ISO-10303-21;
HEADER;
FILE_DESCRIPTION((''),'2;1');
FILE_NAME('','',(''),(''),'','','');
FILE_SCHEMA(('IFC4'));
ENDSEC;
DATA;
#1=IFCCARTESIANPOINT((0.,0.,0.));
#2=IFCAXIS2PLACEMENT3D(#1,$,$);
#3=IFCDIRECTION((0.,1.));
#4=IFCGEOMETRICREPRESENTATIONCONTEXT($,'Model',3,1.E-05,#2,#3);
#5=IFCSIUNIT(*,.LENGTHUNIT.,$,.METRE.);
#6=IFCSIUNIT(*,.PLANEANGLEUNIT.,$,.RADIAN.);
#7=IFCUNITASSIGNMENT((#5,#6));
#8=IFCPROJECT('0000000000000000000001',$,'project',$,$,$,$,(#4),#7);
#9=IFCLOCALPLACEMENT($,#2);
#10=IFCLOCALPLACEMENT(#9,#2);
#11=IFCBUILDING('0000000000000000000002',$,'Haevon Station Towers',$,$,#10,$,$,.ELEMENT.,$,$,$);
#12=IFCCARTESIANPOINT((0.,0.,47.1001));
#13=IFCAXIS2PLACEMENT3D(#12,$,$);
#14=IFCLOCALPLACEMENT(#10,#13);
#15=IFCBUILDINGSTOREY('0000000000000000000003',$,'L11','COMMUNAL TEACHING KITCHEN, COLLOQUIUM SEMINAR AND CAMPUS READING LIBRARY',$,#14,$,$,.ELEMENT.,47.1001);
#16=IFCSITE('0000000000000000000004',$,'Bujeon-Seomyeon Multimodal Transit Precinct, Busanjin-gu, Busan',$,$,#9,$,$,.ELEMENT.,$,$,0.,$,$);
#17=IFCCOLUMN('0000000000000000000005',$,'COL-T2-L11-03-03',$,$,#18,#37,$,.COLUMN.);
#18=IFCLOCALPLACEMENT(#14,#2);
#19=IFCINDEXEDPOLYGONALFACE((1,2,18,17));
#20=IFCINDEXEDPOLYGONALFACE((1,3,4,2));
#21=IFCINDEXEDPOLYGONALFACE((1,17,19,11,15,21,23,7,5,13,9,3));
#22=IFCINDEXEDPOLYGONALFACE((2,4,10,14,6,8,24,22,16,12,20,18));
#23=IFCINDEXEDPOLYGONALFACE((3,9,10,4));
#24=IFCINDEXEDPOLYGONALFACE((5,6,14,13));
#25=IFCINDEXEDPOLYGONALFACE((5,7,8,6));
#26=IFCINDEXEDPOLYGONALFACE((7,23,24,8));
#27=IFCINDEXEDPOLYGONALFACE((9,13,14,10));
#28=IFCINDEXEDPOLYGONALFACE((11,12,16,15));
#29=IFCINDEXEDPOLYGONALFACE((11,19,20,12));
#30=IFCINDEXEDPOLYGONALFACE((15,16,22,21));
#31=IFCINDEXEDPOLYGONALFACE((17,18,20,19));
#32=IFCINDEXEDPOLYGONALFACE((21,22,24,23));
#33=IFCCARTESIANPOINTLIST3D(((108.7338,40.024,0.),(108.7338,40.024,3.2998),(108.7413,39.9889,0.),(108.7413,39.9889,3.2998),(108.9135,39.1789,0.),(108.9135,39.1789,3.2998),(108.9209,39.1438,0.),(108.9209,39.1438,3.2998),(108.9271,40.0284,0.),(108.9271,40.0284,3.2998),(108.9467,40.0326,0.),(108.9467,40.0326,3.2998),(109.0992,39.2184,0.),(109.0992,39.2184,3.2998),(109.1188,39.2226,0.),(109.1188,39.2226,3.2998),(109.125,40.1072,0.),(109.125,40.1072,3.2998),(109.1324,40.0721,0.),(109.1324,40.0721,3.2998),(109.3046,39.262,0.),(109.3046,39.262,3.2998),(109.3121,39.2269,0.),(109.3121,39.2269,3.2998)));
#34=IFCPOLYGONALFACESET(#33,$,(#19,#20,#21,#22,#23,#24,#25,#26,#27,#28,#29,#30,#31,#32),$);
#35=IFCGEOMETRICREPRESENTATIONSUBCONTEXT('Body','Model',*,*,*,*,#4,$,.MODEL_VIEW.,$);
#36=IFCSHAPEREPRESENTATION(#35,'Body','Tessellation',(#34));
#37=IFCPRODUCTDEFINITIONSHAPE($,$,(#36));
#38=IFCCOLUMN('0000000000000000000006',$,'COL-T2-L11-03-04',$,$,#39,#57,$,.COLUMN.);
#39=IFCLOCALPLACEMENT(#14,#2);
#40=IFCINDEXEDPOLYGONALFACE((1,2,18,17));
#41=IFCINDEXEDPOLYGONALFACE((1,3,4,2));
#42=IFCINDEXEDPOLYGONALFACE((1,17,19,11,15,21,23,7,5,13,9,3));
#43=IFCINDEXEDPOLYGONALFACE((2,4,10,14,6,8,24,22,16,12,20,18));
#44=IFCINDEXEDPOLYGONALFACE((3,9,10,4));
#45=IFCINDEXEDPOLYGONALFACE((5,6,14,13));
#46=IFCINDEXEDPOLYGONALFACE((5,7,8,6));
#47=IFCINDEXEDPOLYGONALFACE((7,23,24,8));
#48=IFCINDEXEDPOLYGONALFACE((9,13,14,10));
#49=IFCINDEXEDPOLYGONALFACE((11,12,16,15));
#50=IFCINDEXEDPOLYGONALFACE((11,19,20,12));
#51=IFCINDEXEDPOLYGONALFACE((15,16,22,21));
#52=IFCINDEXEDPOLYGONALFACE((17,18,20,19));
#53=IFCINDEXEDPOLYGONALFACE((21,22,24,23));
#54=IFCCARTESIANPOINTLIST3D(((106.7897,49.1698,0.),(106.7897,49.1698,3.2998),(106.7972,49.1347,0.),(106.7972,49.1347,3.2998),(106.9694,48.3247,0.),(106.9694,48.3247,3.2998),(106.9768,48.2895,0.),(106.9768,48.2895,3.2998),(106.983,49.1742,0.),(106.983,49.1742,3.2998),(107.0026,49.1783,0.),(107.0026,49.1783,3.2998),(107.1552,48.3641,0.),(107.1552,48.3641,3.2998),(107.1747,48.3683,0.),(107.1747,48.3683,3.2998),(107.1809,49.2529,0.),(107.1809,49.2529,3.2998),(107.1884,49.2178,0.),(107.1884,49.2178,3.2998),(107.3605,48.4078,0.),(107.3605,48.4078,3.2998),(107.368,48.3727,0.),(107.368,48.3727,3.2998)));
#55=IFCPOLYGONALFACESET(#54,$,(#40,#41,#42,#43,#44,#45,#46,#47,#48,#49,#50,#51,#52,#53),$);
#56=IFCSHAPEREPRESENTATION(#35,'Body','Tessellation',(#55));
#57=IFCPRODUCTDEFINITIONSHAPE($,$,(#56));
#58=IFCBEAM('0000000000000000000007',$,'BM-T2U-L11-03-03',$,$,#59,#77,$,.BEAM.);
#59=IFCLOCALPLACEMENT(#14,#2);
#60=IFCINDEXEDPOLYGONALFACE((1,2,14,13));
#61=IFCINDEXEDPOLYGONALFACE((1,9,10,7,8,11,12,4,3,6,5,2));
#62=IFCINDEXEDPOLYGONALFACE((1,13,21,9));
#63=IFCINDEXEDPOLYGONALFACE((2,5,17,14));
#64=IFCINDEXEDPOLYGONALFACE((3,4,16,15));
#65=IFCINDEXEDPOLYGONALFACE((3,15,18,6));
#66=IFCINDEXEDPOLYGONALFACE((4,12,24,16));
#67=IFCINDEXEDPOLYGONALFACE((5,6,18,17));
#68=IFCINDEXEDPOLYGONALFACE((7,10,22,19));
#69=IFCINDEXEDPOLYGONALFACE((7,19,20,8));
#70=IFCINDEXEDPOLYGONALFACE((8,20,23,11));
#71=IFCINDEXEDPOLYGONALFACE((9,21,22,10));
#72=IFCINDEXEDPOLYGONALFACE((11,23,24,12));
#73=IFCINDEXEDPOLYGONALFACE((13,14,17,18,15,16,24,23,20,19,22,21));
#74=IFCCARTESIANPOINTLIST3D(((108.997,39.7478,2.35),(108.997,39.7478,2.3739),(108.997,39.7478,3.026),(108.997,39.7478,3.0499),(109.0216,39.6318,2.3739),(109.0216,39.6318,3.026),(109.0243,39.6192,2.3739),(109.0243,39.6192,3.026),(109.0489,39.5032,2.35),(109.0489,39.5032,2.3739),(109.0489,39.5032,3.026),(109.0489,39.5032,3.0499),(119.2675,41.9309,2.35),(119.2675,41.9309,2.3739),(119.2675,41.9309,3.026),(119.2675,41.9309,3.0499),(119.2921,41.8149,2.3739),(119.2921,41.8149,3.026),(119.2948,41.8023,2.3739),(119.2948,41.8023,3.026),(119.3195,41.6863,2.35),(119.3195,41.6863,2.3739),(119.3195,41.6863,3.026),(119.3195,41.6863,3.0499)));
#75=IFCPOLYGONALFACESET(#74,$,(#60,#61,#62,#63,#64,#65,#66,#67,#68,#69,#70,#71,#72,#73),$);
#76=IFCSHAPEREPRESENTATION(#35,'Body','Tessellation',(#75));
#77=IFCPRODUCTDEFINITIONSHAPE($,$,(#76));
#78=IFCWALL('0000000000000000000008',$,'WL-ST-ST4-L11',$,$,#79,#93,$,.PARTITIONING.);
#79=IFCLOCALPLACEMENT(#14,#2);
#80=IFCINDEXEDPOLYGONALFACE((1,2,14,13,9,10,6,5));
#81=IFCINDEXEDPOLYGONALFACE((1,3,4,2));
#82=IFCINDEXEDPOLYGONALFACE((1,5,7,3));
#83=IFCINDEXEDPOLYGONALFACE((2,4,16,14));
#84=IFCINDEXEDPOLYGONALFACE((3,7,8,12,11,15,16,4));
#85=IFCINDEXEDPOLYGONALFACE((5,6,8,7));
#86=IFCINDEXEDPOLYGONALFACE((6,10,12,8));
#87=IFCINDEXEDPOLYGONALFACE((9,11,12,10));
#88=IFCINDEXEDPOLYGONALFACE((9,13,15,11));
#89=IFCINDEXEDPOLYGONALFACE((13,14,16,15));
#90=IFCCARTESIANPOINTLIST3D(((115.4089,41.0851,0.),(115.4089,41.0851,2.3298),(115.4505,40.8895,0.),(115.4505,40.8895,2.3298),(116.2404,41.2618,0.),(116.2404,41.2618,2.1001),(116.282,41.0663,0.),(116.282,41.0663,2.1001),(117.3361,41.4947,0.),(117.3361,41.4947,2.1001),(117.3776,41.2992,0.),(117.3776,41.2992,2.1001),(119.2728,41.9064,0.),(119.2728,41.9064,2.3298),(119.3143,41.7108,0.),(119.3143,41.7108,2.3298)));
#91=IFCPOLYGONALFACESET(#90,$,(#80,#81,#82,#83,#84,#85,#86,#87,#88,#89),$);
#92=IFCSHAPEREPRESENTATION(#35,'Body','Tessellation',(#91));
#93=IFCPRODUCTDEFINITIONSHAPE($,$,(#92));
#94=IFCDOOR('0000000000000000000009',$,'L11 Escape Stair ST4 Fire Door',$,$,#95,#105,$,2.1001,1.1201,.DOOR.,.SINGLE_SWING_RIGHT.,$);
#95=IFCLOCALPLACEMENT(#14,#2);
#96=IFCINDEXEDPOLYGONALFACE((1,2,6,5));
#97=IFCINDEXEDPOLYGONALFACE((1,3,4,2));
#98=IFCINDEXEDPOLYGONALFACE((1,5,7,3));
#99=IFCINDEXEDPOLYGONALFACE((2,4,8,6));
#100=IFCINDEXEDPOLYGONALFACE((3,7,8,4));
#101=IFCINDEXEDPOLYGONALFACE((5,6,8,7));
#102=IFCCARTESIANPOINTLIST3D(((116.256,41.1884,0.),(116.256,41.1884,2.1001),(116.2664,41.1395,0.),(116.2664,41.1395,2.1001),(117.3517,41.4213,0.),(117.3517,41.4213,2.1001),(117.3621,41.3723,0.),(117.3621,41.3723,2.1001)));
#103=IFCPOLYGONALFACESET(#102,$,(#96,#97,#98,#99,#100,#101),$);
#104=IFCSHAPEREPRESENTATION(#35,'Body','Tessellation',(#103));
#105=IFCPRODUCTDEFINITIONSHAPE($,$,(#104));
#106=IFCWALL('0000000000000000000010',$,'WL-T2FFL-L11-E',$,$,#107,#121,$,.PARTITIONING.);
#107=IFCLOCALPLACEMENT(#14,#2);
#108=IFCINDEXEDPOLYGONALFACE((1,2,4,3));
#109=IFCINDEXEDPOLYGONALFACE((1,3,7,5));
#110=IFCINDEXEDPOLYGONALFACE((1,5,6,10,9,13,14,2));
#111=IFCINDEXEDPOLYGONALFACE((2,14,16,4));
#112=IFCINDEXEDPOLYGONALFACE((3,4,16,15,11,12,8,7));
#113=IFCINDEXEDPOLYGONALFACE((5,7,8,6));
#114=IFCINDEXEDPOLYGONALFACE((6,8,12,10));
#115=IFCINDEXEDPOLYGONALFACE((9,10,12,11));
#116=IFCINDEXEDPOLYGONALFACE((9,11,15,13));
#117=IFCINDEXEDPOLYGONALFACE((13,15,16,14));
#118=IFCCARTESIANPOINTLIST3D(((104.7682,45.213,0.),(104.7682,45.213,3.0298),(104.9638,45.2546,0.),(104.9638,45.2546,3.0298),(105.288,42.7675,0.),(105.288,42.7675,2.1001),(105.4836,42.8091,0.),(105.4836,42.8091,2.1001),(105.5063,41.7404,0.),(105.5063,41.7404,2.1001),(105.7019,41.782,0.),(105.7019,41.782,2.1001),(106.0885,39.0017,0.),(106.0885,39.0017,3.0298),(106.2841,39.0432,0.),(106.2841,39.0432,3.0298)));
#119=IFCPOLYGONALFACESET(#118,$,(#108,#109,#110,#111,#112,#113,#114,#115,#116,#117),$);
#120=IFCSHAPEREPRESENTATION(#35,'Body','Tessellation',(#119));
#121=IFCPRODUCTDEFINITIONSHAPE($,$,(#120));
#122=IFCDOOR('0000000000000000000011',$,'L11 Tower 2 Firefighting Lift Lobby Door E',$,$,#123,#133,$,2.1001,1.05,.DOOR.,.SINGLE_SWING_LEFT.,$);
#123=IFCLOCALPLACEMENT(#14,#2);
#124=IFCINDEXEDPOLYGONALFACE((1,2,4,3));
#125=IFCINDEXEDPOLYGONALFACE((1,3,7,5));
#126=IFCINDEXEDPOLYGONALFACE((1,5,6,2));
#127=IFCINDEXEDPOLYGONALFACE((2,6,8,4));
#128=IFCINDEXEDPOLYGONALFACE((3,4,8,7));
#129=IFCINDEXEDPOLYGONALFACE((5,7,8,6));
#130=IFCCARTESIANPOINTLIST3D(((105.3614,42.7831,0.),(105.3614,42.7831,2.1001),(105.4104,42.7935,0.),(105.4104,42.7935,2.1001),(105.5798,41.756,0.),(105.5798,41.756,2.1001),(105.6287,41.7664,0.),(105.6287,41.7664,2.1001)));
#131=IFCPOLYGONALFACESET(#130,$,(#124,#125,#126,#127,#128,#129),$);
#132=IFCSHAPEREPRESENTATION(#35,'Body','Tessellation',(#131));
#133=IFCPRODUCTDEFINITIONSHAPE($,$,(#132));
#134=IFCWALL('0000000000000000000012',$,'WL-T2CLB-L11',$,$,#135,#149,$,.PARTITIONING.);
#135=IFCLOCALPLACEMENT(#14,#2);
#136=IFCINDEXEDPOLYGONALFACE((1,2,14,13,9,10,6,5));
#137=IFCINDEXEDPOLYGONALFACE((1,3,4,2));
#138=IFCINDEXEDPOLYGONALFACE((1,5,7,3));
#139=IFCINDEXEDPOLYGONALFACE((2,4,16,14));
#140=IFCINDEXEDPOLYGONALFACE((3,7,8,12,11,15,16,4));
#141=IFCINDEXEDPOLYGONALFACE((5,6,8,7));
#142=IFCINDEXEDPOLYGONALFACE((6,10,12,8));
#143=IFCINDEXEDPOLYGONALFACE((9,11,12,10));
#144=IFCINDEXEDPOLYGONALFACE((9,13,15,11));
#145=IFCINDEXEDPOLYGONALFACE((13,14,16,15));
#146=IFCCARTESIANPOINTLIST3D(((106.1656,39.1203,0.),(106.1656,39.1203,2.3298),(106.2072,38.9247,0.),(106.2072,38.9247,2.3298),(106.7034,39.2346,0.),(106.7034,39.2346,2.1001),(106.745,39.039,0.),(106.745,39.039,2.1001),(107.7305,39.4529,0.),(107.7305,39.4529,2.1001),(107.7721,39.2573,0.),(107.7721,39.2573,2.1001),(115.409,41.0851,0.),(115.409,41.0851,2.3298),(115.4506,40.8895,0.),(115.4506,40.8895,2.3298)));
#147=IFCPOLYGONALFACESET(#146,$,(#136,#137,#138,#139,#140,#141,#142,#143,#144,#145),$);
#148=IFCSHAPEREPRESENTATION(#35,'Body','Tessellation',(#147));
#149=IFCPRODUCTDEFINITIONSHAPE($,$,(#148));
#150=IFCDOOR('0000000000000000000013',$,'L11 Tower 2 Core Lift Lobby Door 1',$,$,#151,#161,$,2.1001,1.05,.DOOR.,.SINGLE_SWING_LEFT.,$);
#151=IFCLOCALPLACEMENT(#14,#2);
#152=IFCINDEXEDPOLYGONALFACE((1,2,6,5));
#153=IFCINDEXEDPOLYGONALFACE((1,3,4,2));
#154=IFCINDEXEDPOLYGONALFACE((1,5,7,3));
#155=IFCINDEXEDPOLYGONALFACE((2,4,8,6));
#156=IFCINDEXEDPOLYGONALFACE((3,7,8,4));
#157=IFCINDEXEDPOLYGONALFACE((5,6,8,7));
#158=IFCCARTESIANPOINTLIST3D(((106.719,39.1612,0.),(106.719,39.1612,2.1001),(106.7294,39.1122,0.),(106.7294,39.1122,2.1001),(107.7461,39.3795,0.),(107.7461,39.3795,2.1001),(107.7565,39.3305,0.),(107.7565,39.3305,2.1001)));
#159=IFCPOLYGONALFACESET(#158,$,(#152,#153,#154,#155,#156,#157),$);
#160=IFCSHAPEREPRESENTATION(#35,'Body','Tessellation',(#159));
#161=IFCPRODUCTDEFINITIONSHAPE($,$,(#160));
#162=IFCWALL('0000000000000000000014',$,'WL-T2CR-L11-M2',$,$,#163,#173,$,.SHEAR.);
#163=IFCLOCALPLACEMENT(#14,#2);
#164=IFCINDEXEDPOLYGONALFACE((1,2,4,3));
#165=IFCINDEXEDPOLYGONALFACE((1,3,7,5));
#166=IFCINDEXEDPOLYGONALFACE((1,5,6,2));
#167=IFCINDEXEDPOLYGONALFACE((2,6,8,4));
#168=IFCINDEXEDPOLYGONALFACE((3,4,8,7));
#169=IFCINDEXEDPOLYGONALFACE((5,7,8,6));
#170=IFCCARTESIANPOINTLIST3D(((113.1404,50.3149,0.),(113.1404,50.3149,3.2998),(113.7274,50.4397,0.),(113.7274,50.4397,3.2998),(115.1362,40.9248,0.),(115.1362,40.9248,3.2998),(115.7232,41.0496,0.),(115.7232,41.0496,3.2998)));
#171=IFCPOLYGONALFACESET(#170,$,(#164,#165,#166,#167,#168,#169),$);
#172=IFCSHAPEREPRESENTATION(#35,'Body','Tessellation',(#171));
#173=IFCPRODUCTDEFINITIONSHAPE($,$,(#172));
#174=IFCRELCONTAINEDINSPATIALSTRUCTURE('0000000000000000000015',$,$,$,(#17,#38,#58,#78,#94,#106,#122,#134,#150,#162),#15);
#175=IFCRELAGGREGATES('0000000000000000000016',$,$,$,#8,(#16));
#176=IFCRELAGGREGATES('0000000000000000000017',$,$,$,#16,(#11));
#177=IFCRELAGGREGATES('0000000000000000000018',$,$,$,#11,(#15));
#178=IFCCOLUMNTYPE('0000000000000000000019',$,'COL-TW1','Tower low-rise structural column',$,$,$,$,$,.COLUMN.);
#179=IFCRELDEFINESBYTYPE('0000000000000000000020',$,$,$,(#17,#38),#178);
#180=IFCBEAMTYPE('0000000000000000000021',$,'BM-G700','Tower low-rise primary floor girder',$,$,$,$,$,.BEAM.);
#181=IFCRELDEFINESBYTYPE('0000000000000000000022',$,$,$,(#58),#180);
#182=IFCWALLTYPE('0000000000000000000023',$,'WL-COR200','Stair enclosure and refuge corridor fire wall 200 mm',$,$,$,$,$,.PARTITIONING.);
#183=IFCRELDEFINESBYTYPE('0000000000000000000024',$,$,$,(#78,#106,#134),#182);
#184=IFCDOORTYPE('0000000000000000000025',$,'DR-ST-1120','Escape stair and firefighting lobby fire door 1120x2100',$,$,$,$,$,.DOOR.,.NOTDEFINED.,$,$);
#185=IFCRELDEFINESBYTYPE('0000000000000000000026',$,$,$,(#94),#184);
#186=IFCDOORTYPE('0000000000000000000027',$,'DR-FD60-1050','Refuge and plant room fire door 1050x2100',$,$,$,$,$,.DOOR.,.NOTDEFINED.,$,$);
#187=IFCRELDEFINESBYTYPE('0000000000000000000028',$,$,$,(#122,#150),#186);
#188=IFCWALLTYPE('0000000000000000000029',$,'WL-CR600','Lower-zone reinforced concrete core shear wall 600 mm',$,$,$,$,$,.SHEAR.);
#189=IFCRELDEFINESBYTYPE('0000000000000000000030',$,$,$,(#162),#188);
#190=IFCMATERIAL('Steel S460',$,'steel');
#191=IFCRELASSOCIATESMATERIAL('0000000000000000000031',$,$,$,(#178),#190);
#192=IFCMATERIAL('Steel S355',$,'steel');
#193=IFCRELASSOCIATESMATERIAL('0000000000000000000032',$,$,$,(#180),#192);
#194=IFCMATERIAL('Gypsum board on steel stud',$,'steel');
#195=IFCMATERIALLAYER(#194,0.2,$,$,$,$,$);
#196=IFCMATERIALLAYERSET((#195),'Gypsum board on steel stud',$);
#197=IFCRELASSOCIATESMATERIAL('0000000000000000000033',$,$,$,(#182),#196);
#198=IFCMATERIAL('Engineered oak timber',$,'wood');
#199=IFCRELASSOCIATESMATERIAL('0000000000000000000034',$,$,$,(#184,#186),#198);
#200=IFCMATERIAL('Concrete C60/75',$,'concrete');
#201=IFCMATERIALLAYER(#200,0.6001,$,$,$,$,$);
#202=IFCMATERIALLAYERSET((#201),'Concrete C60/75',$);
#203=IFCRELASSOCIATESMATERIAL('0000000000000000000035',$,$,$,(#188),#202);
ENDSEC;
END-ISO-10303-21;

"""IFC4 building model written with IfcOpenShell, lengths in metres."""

from ifc_helpers import new_model, si_unit, direction, frame, frame_2d, origin, origin_2d, place, context, subcontext, project, spatial, rectangle, i_section, extrude, material, layer, layer_set, material_profile, profile_set, type_object, element, fill, save


model = new_model("IFC4")

# Units and contexts
model_context = context("Model", 3, precision=1e-05, world=origin(), true_north=direction((0.0, 1.0)))
body_context = subcontext(model_context, "Body", "Model", "MODEL_VIEW")
ifc_project = project(units=[si_unit("LENGTHUNIT", "METRE"), si_unit("PLANEANGLEUNIT", "RADIAN")], contexts=[model_context])

# Site, building, storey
site_placement = place(None, origin())
site = spatial("IfcSite", under=ifc_project, at=site_placement, Name="Bujeon-Seomyeon Multimodal Transit Precinct, Busanjin-gu, Busan", CompositionType="ELEMENT", RefElevation=0.0)
building_placement = place(site_placement, origin())
building = spatial("IfcBuilding", under=site, at=building_placement, Name="Haevon Station Towers", CompositionType="ELEMENT")
storey_placement = place(building_placement, frame((0.0, 0.0, 47.1001)))
storey = spatial("IfcBuildingStorey", under=building, at=storey_placement, Name="L11", Description="COMMUNAL TEACHING KITCHEN, COLLOQUIUM SEMINAR AND CAMPUS READING LIBRARY", CompositionType="ELEMENT", Elevation=47.1001)

# Columns
ifc_material_1 = material(Name="Steel S460", Category="steel")
ifc_material_profile_1 = material_profile(ifc_material_1, i_section(OverallWidth=0.3999, OverallDepth=0.8999, WebThickness=0.02, FlangeThickness=0.0359, at=origin_2d()), Name="H-900x400x20x36")
ifc_profile_set_1 = profile_set([ifc_material_profile_1], Name="Steel S460")
column_type = type_object("IfcColumnType", Name="COL-TW1", Description="Tower low-rise structural column", PredefinedType="COLUMN", material=ifc_profile_set_1)
for number, where, z_axis, x_axis, name in (
    (1, (109.0229, 39.6255, 0.0), (0.0, 0.0, 1.0), (0.978148, 0.207912, 0.0), "COL-T2-L11-03-03"),
    (2, (107.0789, 48.7712, 0.0), (0.0, 0.0, 1.0), (0.978148, 0.207912, 0.0), "COL-T2-L11-03-04"),
):
    element("IfcColumn", number, at=place(storey_placement, frame(where, z_axis=z_axis, x_axis=x_axis)), inside=storey, type_object=column_type, Name=name, PredefinedType="COLUMN", context=body_context, shape_type="SweptSolid", body=[
        extrude(i_section(OverallWidth=0.3999, OverallDepth=0.8999, WebThickness=0.02, FlangeThickness=0.0359, at=origin_2d()), origin(), (0.0, 0.0, 1.0), 3.2998),
    ])

# Beam
ifc_material_2 = material(Name="Steel S355", Category="steel")
ifc_material_profile_2 = material_profile(ifc_material_2, i_section(OverallWidth=0.25, OverallDepth=0.7, WebThickness=0.0129, FlangeThickness=0.0239, at=origin_2d()), Name="H-700x250x13x24")
ifc_profile_set_2 = profile_set([ifc_material_profile_2], Name="Steel S355")
beam_type = type_object("IfcBeamType", Name="BM-G700", Description="Tower low-rise primary floor girder", PredefinedType="BEAM", material=ifc_profile_set_2)
beam_placement = place(storey_placement, frame((109.0229, 39.6255, 2.7), z_axis=(0.978147, 0.207915, 0.0), x_axis=(-0.207915, 0.978147, 0.0)))
element("IfcBeam", 3, at=beam_placement, inside=storey, type_object=beam_type, Name="BM-T2U-L11-03-03", PredefinedType="BEAM", context=body_context, shape_type="SweptSolid", body=[
    extrude(i_section(OverallWidth=0.25, OverallDepth=0.7, WebThickness=0.0129, FlangeThickness=0.0239, at=origin_2d()), origin(), (0.0, 0.0, 1.0), 10.5),
])

# Walls, openings, doors
ifc_material_3 = material(Name="Gypsum board on steel stud", Category="steel")
ifc_layer_1 = layer(ifc_material_3, 0.2)
ifc_layer_set_1 = layer_set([ifc_layer_1], Name="Gypsum board on steel stud")
wall_type_1 = type_object("IfcWallType", Name="WL-COR200", Description="Stair enclosure and refuge corridor fire wall 200 mm", PredefinedType="PARTITIONING", material=ifc_layer_set_1)
wall_1_placement = place(storey_placement, frame((115.4297, 40.9873, 0.0), z_axis=(0.0, 0.0, 1.0), x_axis=(0.978147, 0.207916, 0.0)))
wall_1 = element("IfcWall", 4, at=wall_1_placement, inside=storey, type_object=wall_type_1, Name="WL-ST-ST4-L11", PredefinedType="PARTITIONING", context=body_context, shape_type="SweptSolid", body=[
    extrude(rectangle(XDim=3.9502, YDim=0.2, at=frame_2d((1.9751, 0.0))), origin(), (0.0, 0.0, 1.0), 2.3298),
])
opening_1_placement = place(wall_1_placement, frame((0.8501, 0.0, 0.0)))
opening_1 = element("IfcOpeningElement", 5, at=opening_1_placement, cuts=wall_1, PredefinedType="OPENING", context=body_context, shape_type="SweptSolid", body=[
    extrude(rectangle(XDim=1.1201, YDim=2.1001, at=frame_2d((0.5601, 1.05))), frame((0.0, 0.1099, 0.0), z_axis=(0.0, -1.0, 0.0), x_axis=(1.0, 0.0, 0.0)), (0.0, 0.0, 1.0), 0.22),
])
ifc_material_4 = material(Name="Engineered oak timber", Category="wood")
door_type_1 = type_object("IfcDoorType", Name="DR-ST-1120", Description="Escape stair and firefighting lobby fire door 1120x2100", OperationType="NOTDEFINED", PredefinedType="DOOR", material=ifc_material_4)
door_1_placement = place(opening_1_placement, origin())
door_1 = element("IfcDoor", 6, at=door_1_placement, inside=storey, type_object=door_type_1, Name="L11 Escape Stair ST4 Fire Door", OperationType="SINGLE_SWING_RIGHT", OverallHeight=2.1001, OverallWidth=1.1201, PredefinedType="DOOR", context=body_context, shape_type="SweptSolid", body=[
    extrude(rectangle(XDim=1.1201, YDim=2.1001, at=frame_2d((0.5601, 1.05))), frame((0.0, 0.0249, 0.0), z_axis=(0.0, -1.0, 0.0), x_axis=(1.0, 0.0, 0.0)), (0.0, 0.0, 1.0), 0.05),
])
fill(opening_1, door_1)
wall_2_placement = place(storey_placement, frame((106.1863, 39.0225, 0.0), z_axis=(0.0, 0.0, 1.0), x_axis=(-0.207917, 0.978147, 0.0)))
wall_2 = element("IfcWall", 7, at=wall_2_placement, inside=storey, type_object=wall_type_1, Name="WL-T2FFL-L11-E", PredefinedType="PARTITIONING", context=body_context, shape_type="SweptSolid", body=[
    extrude(rectangle(XDim=6.3501, YDim=0.2, at=frame_2d((3.175, 0.0))), origin(), (0.0, 0.0, 1.0), 3.0298),
])
opening_2_placement = place(wall_2_placement, frame((2.8, 0.0, 0.0)))
opening_2 = element("IfcOpeningElement", 8, at=opening_2_placement, cuts=wall_2, PredefinedType="OPENING", context=body_context, shape_type="SweptSolid", body=[
    extrude(rectangle(XDim=1.05, YDim=2.1001, at=frame_2d((0.5249, 1.05))), frame((0.0, 0.1099, 0.0), z_axis=(0.0, -1.0, 0.0), x_axis=(1.0, 0.0, 0.0)), (0.0, 0.0, 1.0), 0.22),
])
door_type_2 = type_object("IfcDoorType", Name="DR-FD60-1050", Description="Refuge and plant room fire door 1050x2100", OperationType="NOTDEFINED", PredefinedType="DOOR", material=ifc_material_4)
door_2_placement = place(opening_2_placement, origin())
door_2 = element("IfcDoor", 9, at=door_2_placement, inside=storey, type_object=door_type_2, Name="L11 Tower 2 Firefighting Lift Lobby Door E", OperationType="SINGLE_SWING_LEFT", OverallHeight=2.1001, OverallWidth=1.05, PredefinedType="DOOR", context=body_context, shape_type="SweptSolid", body=[
    extrude(rectangle(XDim=1.05, YDim=2.1001, at=frame_2d((0.5249, 1.05))), frame((0.0, 0.0249, 0.0), z_axis=(0.0, -1.0, 0.0), x_axis=(1.0, 0.0, 0.0)), (0.0, 0.0, 1.0), 0.05),
])
fill(opening_2, door_2)
wall_3_placement = place(storey_placement, frame((106.1863, 39.0225, 0.0), z_axis=(0.0, 0.0, 1.0), x_axis=(0.978146, 0.207921, 0.0)))
wall_3 = element("IfcWall", 10, at=wall_3_placement, inside=storey, type_object=wall_type_1, Name="WL-T2CLB-L11", PredefinedType="PARTITIONING", context=body_context, shape_type="SweptSolid", body=[
    extrude(rectangle(XDim=9.45, YDim=0.2, at=frame_2d((4.7251, 0.0))), origin(), (0.0, 0.0, 1.0), 2.3298),
])
opening_3_placement = place(wall_3_placement, frame((0.55, 0.0, 0.0)))
opening_3 = element("IfcOpeningElement", 11, at=opening_3_placement, cuts=wall_3, PredefinedType="OPENING", context=body_context, shape_type="SweptSolid", body=[
    extrude(rectangle(XDim=1.05, YDim=2.1001, at=frame_2d((0.5249, 1.05))), frame((0.0, 0.1099, 0.0), z_axis=(0.0, -1.0, 0.0), x_axis=(1.0, 0.0, 0.0)), (0.0, 0.0, 1.0), 0.22),
])
door_3_placement = place(opening_3_placement, origin())
door_3 = element("IfcDoor", 12, at=door_3_placement, inside=storey, type_object=door_type_2, Name="L11 Tower 2 Core Lift Lobby Door 1", OperationType="SINGLE_SWING_LEFT", OverallHeight=2.1001, OverallWidth=1.05, PredefinedType="DOOR", context=body_context, shape_type="SweptSolid", body=[
    extrude(rectangle(XDim=1.05, YDim=2.1001, at=frame_2d((0.5249, 1.05))), frame((0.0, 0.0249, 0.0), z_axis=(0.0, -1.0, 0.0), x_axis=(1.0, 0.0, 0.0)), (0.0, 0.0, 1.0), 0.05),
])
fill(opening_3, door_3)

# Wall
ifc_material_5 = material(Name="Concrete C60/75", Category="concrete")
ifc_layer_2 = layer(ifc_material_5, 0.6001)
ifc_layer_set_2 = layer_set([ifc_layer_2], Name="Concrete C60/75")
wall_type_2 = type_object("IfcWallType", Name="WL-CR600", Description="Lower-zone reinforced concrete core shear wall 600 mm", PredefinedType="SHEAR", material=ifc_layer_set_2)
wall_4_placement = place(storey_placement, frame((115.4297, 40.9873, 0.0), z_axis=(0.0, 0.0, 1.0), x_axis=(-0.207903, 0.978149, 0.0)))
element("IfcWall", 13, at=wall_4_placement, inside=storey, type_object=wall_type_2, Name="WL-T2CR-L11-M2", PredefinedType="SHEAR", context=body_context, shape_type="SweptSolid", body=[
    extrude(rectangle(XDim=9.5999, YDim=0.6001, at=frame_2d((4.7998, 0.0))), origin(), (0.0, 0.0, 1.0), 3.2998),
])

save(model, "model.ifc")
